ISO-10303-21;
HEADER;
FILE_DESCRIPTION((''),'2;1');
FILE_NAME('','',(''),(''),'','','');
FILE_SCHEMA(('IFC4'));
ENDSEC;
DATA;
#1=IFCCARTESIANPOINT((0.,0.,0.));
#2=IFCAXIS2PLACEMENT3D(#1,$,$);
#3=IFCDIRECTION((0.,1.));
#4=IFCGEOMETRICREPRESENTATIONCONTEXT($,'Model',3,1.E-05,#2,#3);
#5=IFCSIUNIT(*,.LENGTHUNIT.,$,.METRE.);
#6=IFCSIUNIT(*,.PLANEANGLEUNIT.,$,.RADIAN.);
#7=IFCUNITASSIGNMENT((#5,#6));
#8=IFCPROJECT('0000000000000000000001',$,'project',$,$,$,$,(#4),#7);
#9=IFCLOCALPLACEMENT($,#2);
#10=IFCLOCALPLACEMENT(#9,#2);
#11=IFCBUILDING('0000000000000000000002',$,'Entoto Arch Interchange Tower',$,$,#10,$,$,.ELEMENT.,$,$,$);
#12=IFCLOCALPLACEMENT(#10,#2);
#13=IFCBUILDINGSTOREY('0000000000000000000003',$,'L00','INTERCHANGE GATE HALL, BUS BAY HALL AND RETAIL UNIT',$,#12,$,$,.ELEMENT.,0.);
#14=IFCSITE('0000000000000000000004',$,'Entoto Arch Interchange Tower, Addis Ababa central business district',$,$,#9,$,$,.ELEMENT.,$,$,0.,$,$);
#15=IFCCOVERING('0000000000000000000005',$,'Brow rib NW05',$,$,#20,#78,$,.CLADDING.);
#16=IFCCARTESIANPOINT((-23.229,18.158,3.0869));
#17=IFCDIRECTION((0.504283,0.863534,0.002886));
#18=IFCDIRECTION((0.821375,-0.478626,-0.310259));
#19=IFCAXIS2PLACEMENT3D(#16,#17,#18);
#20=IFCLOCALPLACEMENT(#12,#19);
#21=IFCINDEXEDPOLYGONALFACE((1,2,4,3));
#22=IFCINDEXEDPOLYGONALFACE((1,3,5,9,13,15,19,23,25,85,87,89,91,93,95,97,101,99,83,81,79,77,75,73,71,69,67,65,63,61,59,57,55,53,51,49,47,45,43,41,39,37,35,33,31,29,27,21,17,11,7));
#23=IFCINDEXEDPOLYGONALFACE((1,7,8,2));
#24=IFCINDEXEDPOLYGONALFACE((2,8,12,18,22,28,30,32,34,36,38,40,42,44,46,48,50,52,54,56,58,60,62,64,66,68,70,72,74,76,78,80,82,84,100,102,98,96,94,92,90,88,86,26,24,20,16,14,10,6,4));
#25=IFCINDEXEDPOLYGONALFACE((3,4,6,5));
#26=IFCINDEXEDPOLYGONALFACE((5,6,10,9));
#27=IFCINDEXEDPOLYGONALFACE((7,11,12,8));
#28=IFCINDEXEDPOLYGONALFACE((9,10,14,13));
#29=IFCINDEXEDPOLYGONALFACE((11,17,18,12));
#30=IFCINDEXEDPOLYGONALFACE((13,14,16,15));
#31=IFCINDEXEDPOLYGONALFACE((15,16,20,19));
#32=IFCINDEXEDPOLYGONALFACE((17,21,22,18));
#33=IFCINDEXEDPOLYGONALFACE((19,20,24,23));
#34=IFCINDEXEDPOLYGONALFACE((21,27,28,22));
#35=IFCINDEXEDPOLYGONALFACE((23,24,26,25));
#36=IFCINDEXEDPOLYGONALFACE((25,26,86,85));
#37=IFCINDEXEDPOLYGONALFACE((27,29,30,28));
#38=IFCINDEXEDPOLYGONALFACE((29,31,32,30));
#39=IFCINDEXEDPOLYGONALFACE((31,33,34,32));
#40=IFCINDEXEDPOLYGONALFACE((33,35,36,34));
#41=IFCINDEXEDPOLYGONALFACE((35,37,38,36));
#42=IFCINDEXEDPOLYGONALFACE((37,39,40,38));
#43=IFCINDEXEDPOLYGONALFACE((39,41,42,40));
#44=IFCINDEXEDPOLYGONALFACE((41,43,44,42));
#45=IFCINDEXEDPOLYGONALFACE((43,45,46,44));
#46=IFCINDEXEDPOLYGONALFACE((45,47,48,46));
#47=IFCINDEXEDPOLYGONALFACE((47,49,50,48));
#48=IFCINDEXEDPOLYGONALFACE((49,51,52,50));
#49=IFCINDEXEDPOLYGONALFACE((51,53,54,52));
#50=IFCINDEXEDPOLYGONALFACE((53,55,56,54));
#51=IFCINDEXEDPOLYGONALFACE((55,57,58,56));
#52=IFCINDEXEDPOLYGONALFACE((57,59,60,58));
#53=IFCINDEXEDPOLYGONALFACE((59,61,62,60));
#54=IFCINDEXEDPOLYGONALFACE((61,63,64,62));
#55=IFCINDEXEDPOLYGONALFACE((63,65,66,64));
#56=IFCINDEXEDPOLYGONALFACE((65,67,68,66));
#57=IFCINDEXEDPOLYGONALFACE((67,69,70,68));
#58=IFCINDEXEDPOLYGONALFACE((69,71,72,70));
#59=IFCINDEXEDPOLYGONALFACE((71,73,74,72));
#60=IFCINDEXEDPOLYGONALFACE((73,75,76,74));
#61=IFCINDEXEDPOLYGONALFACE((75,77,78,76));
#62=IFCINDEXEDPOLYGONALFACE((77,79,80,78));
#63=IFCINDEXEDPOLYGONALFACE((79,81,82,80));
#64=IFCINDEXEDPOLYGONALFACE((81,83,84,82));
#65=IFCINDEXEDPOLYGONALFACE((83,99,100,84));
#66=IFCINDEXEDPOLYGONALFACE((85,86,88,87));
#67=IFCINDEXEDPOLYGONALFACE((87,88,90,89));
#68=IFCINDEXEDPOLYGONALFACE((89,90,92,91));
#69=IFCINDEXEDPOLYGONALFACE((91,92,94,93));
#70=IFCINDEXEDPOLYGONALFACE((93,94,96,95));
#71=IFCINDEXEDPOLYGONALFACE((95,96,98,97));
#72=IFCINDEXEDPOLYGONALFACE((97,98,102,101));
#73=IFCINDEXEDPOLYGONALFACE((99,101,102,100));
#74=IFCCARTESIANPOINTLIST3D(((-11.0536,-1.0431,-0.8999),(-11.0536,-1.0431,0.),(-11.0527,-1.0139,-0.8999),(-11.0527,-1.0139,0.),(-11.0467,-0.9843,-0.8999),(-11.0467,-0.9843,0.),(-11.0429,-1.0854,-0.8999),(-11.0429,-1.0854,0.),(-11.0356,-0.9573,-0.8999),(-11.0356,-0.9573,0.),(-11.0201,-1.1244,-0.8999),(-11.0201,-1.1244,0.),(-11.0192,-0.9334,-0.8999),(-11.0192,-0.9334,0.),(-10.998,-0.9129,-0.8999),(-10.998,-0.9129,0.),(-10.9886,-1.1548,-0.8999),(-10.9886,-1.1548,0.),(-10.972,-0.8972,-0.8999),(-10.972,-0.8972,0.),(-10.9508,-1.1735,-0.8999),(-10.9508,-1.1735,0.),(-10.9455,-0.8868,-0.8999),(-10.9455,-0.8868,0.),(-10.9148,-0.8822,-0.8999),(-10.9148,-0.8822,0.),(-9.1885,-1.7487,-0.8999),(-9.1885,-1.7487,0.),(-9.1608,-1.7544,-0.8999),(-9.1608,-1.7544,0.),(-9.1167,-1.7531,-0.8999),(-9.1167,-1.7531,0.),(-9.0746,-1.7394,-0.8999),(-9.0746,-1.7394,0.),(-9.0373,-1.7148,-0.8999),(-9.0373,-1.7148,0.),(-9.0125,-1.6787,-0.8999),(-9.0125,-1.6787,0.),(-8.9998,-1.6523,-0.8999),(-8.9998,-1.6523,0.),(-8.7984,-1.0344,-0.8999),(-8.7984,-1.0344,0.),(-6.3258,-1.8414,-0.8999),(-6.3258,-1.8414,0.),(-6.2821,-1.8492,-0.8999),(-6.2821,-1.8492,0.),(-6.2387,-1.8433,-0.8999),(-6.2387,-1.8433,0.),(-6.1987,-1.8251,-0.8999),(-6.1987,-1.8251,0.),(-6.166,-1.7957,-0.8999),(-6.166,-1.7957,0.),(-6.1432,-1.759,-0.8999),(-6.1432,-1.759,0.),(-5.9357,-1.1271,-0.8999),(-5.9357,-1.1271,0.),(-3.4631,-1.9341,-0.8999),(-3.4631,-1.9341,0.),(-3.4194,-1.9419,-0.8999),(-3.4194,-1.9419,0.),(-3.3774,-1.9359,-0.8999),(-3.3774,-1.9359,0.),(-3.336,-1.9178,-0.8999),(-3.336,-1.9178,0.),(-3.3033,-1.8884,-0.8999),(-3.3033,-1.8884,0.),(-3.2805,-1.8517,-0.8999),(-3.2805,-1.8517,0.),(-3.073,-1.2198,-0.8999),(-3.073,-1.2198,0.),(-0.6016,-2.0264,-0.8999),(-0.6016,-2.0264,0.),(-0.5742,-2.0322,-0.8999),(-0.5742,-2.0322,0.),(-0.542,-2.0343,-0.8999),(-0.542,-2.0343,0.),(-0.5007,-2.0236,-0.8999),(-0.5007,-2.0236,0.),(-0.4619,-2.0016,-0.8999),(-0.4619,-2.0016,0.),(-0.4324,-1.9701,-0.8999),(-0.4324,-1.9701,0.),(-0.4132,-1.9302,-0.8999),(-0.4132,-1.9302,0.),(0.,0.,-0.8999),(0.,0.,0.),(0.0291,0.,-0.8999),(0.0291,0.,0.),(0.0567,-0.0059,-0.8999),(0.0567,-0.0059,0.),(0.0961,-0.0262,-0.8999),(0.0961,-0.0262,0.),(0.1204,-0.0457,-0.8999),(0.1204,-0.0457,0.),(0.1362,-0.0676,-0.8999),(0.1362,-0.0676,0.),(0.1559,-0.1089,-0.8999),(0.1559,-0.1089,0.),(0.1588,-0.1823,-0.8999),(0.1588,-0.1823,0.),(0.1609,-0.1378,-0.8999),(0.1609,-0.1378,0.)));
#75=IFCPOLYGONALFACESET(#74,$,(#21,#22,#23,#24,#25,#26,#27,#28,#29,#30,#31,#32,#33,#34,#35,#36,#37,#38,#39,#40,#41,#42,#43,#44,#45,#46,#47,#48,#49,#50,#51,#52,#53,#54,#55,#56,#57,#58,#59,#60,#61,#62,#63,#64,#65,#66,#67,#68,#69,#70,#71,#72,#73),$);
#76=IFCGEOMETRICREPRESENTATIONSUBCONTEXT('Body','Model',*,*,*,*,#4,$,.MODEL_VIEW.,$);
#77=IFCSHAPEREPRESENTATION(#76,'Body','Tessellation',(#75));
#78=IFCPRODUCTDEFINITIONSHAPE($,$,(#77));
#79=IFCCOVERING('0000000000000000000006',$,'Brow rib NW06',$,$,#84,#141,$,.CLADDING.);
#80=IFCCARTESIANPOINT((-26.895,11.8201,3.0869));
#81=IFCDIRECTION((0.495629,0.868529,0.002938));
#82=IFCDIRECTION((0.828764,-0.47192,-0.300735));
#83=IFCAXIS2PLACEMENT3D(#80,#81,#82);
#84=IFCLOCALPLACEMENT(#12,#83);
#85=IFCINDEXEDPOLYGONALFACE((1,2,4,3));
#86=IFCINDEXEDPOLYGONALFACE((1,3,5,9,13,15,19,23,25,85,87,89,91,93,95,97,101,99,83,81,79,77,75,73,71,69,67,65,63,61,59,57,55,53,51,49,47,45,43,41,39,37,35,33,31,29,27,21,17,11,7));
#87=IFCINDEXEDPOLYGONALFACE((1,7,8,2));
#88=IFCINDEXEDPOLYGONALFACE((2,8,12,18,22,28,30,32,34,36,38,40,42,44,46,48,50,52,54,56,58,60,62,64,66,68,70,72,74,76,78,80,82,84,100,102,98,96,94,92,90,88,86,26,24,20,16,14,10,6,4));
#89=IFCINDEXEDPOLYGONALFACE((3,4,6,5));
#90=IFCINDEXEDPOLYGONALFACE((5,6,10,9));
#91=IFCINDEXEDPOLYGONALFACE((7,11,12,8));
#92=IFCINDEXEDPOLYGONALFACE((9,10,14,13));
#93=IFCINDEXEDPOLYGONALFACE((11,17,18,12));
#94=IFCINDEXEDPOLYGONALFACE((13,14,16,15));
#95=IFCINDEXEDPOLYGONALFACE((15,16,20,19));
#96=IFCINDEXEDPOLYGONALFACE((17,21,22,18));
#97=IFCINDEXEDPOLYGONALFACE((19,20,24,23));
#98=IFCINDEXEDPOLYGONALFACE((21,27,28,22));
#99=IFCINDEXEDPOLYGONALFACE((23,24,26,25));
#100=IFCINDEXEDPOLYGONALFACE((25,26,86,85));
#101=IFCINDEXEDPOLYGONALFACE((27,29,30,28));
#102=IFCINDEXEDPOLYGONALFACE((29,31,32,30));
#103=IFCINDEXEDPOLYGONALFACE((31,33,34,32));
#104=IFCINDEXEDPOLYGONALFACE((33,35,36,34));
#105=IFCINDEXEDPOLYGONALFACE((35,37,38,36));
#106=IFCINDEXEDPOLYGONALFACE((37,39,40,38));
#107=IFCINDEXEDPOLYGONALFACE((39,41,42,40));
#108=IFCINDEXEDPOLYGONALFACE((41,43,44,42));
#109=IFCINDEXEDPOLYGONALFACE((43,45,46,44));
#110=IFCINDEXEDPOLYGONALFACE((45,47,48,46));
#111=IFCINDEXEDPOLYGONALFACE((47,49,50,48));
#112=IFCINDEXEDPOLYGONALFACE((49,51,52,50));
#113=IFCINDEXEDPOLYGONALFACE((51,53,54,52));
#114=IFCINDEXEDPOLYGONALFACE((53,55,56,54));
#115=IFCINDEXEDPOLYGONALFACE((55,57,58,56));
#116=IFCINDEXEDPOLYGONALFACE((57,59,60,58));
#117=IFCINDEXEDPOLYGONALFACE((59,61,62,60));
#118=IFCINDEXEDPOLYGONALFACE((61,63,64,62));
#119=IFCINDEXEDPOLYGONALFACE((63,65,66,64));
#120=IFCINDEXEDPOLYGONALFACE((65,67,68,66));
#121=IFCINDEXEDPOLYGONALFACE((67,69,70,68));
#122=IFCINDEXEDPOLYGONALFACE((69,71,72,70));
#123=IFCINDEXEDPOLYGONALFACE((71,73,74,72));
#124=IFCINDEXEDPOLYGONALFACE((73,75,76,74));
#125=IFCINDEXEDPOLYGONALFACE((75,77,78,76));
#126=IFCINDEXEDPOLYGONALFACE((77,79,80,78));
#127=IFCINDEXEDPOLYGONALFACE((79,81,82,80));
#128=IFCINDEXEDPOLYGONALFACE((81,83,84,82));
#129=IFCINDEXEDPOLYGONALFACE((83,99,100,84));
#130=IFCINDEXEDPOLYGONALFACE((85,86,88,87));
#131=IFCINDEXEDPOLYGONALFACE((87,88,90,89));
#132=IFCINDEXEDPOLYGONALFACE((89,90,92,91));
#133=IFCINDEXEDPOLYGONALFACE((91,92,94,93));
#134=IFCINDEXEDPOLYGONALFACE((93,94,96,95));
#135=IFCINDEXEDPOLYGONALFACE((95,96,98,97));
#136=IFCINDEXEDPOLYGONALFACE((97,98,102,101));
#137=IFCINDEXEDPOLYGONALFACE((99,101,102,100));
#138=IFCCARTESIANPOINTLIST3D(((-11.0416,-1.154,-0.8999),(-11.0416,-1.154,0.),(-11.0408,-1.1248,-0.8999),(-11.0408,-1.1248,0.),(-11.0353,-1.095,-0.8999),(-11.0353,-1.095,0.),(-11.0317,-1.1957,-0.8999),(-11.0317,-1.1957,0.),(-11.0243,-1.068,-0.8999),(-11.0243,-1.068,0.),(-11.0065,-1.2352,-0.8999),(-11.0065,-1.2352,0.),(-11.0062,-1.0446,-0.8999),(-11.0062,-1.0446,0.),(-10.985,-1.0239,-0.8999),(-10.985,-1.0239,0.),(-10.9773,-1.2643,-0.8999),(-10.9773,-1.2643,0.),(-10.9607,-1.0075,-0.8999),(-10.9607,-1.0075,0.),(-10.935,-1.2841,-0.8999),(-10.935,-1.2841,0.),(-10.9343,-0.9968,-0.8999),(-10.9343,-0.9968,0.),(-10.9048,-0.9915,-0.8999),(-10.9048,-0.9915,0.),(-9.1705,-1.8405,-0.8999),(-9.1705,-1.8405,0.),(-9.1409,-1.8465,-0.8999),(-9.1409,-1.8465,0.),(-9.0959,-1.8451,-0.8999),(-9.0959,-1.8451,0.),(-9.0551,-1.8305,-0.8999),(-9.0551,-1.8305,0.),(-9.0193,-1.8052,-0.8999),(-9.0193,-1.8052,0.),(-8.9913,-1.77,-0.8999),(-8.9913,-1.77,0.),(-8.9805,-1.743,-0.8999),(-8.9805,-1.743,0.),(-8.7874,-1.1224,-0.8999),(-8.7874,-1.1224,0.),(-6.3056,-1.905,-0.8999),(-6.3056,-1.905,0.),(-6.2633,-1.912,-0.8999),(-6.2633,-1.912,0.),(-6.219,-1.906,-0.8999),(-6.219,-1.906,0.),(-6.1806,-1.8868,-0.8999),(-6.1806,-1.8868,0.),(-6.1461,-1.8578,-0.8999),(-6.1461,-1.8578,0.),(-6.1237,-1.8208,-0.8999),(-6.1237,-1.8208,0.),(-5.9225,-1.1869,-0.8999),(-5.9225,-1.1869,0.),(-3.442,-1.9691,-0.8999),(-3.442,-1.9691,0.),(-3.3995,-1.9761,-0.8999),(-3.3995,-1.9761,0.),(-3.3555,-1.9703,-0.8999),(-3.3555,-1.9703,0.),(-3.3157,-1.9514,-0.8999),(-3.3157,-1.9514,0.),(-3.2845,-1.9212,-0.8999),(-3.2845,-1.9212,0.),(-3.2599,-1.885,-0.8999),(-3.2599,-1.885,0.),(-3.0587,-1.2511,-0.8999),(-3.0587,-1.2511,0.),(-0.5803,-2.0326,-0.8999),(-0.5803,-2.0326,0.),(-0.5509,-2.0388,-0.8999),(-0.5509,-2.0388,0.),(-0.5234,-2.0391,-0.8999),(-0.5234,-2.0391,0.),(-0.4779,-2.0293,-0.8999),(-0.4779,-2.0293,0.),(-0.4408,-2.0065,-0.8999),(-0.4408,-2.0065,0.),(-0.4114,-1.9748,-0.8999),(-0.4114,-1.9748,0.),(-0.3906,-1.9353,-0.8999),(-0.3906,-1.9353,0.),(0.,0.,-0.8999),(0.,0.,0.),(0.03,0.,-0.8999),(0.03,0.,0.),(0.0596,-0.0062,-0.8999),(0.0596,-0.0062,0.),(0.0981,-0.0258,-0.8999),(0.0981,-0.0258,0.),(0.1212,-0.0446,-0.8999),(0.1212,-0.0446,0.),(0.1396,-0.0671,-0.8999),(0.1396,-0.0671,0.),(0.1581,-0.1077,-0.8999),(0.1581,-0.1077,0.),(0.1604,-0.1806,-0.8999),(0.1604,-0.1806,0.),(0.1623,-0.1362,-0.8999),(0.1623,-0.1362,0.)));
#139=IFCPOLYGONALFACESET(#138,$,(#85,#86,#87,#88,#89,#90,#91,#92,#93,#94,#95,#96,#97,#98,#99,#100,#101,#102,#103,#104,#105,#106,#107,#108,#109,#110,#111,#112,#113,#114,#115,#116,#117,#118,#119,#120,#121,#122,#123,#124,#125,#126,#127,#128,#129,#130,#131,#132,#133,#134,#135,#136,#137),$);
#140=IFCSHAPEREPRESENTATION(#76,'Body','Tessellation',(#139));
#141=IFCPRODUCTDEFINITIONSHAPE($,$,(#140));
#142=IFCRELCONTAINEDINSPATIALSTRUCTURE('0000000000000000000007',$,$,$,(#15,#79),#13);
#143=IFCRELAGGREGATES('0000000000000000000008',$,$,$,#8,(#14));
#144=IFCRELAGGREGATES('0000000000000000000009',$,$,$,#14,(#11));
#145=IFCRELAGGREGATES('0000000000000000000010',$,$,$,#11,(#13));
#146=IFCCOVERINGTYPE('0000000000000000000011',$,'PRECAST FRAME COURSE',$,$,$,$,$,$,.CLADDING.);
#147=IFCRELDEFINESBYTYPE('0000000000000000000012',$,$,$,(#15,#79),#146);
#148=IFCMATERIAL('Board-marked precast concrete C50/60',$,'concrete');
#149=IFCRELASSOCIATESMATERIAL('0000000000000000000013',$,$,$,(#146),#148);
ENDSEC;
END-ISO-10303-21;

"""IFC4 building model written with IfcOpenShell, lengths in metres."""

from ifc_helpers import new_model, si_unit, direction, frame, origin, place, context, subcontext, project, spatial, polyline, outline, extrude, material, type_object, element, save


model = new_model("IFC4")

# Units and contexts
model_context = context("Model", 3, precision=1e-05, world=origin(), true_north=direction((0.0, 1.0)))
body_context = subcontext(model_context, "Body", "Model", "MODEL_VIEW")
ifc_project = project(units=[si_unit("LENGTHUNIT", "METRE"), si_unit("PLANEANGLEUNIT", "RADIAN")], contexts=[model_context])

# Site, building, storey
site_placement = place(None, origin())
site = spatial("IfcSite", under=ifc_project, at=site_placement, Name="Entoto Arch Interchange Tower, Addis Ababa central business district", CompositionType="ELEMENT", RefElevation=0.0)
building_placement = place(site_placement, origin())
building = spatial("IfcBuilding", under=site, at=building_placement, Name="Entoto Arch Interchange Tower", CompositionType="ELEMENT")
storey_placement = place(building_placement, origin())
storey = spatial("IfcBuildingStorey", under=building, at=storey_placement, Name="L00", Description="INTERCHANGE GATE HALL, BUS BAY HALL AND RETAIL UNIT", CompositionType="ELEMENT", Elevation=0.0)

# Coverings
ifc_material_1 = material(Name="Board-marked precast concrete C50/60", Category="concrete")
covering_type = type_object("IfcCoveringType", Name="PRECAST FRAME COURSE", PredefinedType="CLADDING", material=ifc_material_1)
covering_1_placement = place(storey_placement, frame((-23.229, 18.158, 3.0869), z_axis=(0.504283, 0.863534, 0.002886), x_axis=(0.821375, -0.478626, -0.310259)))
element("IfcCovering", 1, at=covering_1_placement, inside=storey, type_object=covering_type, Name="Brow rib NW05", PredefinedType="CLADDING", context=body_context, shape_type="SweptSolid", body=[
    extrude(outline(polyline([(0.0, 0.0), (0.0291, 0.0), (0.0567, -0.0059), (0.0961, -0.0262), (0.1204, -0.0457), (0.1362, -0.0676), (0.1559, -0.1089), (0.1609, -0.1378), (0.1588, -0.1823), (-0.4132, -1.9302), (-0.4324, -1.9701), (-0.4619, -2.0016), (-0.5007, -2.0236), (-0.542, -2.0343), (-0.5742, -2.0322), (-0.6016, -2.0264), (-3.073, -1.2198), (-3.2805, -1.8517), (-3.3033, -1.8884), (-3.336, -1.9178), (-3.3774, -1.9359), (-3.4194, -1.9419), (-3.4631, -1.9341), (-5.9357, -1.1271), (-6.1432, -1.759), (-6.166, -1.7957), (-6.1987, -1.8251), (-6.2387, -1.8433), (-6.2821, -1.8492), (-6.3258, -1.8414), (-8.7984, -1.0344), (-8.9998, -1.6523), (-9.0125, -1.6787), (-9.0373, -1.7148), (-9.0746, -1.7394), (-9.1167, -1.7531), (-9.1608, -1.7544), (-9.1885, -1.7487), (-10.9508, -1.1735), (-10.9886, -1.1548), (-11.0201, -1.1244), (-11.0429, -1.0854), (-11.0536, -1.0431), (-11.0527, -1.0139), (-11.0467, -0.9843), (-11.0356, -0.9573), (-11.0192, -0.9334), (-10.998, -0.9129), (-10.972, -0.8972), (-10.9455, -0.8868), (-10.9148, -0.8822), (0.0, 0.0)])), origin(), (0.0, 0.0, -1.0), 0.8999),
])
covering_2_placement = place(storey_placement, frame((-26.895, 11.8201, 3.0869), z_axis=(0.495629, 0.868529, 0.002938), x_axis=(0.828764, -0.47192, -0.300735)))
element("IfcCovering", 2, at=covering_2_placement, inside=storey, type_object=covering_type, Name="Brow rib NW06", PredefinedType="CLADDING", context=body_context, shape_type="SweptSolid", body=[
    extrude(outline(polyline([(0.0, 0.0), (0.03, 0.0), (0.0596, -0.0062), (0.0981, -0.0258), (0.1212, -0.0446), (0.1396, -0.0671), (0.1581, -0.1077), (0.1623, -0.1362), (0.1604, -0.1806), (-0.3906, -1.9353), (-0.4114, -1.9748), (-0.4408, -2.0065), (-0.4779, -2.0293), (-0.5234, -2.0391), (-0.5509, -2.0388), (-0.5803, -2.0326), (-3.0587, -1.2511), (-3.2599, -1.885), (-3.2845, -1.9212), (-3.3157, -1.9514), (-3.3555, -1.9703), (-3.3995, -1.9761), (-3.442, -1.9691), (-5.9225, -1.1869), (-6.1237, -1.8208), (-6.1461, -1.8578), (-6.1806, -1.8868), (-6.219, -1.906), (-6.2633, -1.912), (-6.3056, -1.905), (-8.7874, -1.1224), (-8.9805, -1.743), (-8.9913, -1.77), (-9.0193, -1.8052), (-9.0551, -1.8305), (-9.0959, -1.8451), (-9.1409, -1.8465), (-9.1705, -1.8405), (-10.935, -1.2841), (-10.9773, -1.2643), (-11.0065, -1.2352), (-11.0317, -1.1957), (-11.0416, -1.154), (-11.0408, -1.1248), (-11.0353, -1.095), (-11.0243, -1.068), (-11.0062, -1.0446), (-10.985, -1.0239), (-10.9607, -1.0075), (-10.9343, -0.9968), (-10.9048, -0.9915), (0.0, 0.0)])), origin(), (0.0, 0.0, -1.0), 0.8999),
])

save(model, "model.ifc")
